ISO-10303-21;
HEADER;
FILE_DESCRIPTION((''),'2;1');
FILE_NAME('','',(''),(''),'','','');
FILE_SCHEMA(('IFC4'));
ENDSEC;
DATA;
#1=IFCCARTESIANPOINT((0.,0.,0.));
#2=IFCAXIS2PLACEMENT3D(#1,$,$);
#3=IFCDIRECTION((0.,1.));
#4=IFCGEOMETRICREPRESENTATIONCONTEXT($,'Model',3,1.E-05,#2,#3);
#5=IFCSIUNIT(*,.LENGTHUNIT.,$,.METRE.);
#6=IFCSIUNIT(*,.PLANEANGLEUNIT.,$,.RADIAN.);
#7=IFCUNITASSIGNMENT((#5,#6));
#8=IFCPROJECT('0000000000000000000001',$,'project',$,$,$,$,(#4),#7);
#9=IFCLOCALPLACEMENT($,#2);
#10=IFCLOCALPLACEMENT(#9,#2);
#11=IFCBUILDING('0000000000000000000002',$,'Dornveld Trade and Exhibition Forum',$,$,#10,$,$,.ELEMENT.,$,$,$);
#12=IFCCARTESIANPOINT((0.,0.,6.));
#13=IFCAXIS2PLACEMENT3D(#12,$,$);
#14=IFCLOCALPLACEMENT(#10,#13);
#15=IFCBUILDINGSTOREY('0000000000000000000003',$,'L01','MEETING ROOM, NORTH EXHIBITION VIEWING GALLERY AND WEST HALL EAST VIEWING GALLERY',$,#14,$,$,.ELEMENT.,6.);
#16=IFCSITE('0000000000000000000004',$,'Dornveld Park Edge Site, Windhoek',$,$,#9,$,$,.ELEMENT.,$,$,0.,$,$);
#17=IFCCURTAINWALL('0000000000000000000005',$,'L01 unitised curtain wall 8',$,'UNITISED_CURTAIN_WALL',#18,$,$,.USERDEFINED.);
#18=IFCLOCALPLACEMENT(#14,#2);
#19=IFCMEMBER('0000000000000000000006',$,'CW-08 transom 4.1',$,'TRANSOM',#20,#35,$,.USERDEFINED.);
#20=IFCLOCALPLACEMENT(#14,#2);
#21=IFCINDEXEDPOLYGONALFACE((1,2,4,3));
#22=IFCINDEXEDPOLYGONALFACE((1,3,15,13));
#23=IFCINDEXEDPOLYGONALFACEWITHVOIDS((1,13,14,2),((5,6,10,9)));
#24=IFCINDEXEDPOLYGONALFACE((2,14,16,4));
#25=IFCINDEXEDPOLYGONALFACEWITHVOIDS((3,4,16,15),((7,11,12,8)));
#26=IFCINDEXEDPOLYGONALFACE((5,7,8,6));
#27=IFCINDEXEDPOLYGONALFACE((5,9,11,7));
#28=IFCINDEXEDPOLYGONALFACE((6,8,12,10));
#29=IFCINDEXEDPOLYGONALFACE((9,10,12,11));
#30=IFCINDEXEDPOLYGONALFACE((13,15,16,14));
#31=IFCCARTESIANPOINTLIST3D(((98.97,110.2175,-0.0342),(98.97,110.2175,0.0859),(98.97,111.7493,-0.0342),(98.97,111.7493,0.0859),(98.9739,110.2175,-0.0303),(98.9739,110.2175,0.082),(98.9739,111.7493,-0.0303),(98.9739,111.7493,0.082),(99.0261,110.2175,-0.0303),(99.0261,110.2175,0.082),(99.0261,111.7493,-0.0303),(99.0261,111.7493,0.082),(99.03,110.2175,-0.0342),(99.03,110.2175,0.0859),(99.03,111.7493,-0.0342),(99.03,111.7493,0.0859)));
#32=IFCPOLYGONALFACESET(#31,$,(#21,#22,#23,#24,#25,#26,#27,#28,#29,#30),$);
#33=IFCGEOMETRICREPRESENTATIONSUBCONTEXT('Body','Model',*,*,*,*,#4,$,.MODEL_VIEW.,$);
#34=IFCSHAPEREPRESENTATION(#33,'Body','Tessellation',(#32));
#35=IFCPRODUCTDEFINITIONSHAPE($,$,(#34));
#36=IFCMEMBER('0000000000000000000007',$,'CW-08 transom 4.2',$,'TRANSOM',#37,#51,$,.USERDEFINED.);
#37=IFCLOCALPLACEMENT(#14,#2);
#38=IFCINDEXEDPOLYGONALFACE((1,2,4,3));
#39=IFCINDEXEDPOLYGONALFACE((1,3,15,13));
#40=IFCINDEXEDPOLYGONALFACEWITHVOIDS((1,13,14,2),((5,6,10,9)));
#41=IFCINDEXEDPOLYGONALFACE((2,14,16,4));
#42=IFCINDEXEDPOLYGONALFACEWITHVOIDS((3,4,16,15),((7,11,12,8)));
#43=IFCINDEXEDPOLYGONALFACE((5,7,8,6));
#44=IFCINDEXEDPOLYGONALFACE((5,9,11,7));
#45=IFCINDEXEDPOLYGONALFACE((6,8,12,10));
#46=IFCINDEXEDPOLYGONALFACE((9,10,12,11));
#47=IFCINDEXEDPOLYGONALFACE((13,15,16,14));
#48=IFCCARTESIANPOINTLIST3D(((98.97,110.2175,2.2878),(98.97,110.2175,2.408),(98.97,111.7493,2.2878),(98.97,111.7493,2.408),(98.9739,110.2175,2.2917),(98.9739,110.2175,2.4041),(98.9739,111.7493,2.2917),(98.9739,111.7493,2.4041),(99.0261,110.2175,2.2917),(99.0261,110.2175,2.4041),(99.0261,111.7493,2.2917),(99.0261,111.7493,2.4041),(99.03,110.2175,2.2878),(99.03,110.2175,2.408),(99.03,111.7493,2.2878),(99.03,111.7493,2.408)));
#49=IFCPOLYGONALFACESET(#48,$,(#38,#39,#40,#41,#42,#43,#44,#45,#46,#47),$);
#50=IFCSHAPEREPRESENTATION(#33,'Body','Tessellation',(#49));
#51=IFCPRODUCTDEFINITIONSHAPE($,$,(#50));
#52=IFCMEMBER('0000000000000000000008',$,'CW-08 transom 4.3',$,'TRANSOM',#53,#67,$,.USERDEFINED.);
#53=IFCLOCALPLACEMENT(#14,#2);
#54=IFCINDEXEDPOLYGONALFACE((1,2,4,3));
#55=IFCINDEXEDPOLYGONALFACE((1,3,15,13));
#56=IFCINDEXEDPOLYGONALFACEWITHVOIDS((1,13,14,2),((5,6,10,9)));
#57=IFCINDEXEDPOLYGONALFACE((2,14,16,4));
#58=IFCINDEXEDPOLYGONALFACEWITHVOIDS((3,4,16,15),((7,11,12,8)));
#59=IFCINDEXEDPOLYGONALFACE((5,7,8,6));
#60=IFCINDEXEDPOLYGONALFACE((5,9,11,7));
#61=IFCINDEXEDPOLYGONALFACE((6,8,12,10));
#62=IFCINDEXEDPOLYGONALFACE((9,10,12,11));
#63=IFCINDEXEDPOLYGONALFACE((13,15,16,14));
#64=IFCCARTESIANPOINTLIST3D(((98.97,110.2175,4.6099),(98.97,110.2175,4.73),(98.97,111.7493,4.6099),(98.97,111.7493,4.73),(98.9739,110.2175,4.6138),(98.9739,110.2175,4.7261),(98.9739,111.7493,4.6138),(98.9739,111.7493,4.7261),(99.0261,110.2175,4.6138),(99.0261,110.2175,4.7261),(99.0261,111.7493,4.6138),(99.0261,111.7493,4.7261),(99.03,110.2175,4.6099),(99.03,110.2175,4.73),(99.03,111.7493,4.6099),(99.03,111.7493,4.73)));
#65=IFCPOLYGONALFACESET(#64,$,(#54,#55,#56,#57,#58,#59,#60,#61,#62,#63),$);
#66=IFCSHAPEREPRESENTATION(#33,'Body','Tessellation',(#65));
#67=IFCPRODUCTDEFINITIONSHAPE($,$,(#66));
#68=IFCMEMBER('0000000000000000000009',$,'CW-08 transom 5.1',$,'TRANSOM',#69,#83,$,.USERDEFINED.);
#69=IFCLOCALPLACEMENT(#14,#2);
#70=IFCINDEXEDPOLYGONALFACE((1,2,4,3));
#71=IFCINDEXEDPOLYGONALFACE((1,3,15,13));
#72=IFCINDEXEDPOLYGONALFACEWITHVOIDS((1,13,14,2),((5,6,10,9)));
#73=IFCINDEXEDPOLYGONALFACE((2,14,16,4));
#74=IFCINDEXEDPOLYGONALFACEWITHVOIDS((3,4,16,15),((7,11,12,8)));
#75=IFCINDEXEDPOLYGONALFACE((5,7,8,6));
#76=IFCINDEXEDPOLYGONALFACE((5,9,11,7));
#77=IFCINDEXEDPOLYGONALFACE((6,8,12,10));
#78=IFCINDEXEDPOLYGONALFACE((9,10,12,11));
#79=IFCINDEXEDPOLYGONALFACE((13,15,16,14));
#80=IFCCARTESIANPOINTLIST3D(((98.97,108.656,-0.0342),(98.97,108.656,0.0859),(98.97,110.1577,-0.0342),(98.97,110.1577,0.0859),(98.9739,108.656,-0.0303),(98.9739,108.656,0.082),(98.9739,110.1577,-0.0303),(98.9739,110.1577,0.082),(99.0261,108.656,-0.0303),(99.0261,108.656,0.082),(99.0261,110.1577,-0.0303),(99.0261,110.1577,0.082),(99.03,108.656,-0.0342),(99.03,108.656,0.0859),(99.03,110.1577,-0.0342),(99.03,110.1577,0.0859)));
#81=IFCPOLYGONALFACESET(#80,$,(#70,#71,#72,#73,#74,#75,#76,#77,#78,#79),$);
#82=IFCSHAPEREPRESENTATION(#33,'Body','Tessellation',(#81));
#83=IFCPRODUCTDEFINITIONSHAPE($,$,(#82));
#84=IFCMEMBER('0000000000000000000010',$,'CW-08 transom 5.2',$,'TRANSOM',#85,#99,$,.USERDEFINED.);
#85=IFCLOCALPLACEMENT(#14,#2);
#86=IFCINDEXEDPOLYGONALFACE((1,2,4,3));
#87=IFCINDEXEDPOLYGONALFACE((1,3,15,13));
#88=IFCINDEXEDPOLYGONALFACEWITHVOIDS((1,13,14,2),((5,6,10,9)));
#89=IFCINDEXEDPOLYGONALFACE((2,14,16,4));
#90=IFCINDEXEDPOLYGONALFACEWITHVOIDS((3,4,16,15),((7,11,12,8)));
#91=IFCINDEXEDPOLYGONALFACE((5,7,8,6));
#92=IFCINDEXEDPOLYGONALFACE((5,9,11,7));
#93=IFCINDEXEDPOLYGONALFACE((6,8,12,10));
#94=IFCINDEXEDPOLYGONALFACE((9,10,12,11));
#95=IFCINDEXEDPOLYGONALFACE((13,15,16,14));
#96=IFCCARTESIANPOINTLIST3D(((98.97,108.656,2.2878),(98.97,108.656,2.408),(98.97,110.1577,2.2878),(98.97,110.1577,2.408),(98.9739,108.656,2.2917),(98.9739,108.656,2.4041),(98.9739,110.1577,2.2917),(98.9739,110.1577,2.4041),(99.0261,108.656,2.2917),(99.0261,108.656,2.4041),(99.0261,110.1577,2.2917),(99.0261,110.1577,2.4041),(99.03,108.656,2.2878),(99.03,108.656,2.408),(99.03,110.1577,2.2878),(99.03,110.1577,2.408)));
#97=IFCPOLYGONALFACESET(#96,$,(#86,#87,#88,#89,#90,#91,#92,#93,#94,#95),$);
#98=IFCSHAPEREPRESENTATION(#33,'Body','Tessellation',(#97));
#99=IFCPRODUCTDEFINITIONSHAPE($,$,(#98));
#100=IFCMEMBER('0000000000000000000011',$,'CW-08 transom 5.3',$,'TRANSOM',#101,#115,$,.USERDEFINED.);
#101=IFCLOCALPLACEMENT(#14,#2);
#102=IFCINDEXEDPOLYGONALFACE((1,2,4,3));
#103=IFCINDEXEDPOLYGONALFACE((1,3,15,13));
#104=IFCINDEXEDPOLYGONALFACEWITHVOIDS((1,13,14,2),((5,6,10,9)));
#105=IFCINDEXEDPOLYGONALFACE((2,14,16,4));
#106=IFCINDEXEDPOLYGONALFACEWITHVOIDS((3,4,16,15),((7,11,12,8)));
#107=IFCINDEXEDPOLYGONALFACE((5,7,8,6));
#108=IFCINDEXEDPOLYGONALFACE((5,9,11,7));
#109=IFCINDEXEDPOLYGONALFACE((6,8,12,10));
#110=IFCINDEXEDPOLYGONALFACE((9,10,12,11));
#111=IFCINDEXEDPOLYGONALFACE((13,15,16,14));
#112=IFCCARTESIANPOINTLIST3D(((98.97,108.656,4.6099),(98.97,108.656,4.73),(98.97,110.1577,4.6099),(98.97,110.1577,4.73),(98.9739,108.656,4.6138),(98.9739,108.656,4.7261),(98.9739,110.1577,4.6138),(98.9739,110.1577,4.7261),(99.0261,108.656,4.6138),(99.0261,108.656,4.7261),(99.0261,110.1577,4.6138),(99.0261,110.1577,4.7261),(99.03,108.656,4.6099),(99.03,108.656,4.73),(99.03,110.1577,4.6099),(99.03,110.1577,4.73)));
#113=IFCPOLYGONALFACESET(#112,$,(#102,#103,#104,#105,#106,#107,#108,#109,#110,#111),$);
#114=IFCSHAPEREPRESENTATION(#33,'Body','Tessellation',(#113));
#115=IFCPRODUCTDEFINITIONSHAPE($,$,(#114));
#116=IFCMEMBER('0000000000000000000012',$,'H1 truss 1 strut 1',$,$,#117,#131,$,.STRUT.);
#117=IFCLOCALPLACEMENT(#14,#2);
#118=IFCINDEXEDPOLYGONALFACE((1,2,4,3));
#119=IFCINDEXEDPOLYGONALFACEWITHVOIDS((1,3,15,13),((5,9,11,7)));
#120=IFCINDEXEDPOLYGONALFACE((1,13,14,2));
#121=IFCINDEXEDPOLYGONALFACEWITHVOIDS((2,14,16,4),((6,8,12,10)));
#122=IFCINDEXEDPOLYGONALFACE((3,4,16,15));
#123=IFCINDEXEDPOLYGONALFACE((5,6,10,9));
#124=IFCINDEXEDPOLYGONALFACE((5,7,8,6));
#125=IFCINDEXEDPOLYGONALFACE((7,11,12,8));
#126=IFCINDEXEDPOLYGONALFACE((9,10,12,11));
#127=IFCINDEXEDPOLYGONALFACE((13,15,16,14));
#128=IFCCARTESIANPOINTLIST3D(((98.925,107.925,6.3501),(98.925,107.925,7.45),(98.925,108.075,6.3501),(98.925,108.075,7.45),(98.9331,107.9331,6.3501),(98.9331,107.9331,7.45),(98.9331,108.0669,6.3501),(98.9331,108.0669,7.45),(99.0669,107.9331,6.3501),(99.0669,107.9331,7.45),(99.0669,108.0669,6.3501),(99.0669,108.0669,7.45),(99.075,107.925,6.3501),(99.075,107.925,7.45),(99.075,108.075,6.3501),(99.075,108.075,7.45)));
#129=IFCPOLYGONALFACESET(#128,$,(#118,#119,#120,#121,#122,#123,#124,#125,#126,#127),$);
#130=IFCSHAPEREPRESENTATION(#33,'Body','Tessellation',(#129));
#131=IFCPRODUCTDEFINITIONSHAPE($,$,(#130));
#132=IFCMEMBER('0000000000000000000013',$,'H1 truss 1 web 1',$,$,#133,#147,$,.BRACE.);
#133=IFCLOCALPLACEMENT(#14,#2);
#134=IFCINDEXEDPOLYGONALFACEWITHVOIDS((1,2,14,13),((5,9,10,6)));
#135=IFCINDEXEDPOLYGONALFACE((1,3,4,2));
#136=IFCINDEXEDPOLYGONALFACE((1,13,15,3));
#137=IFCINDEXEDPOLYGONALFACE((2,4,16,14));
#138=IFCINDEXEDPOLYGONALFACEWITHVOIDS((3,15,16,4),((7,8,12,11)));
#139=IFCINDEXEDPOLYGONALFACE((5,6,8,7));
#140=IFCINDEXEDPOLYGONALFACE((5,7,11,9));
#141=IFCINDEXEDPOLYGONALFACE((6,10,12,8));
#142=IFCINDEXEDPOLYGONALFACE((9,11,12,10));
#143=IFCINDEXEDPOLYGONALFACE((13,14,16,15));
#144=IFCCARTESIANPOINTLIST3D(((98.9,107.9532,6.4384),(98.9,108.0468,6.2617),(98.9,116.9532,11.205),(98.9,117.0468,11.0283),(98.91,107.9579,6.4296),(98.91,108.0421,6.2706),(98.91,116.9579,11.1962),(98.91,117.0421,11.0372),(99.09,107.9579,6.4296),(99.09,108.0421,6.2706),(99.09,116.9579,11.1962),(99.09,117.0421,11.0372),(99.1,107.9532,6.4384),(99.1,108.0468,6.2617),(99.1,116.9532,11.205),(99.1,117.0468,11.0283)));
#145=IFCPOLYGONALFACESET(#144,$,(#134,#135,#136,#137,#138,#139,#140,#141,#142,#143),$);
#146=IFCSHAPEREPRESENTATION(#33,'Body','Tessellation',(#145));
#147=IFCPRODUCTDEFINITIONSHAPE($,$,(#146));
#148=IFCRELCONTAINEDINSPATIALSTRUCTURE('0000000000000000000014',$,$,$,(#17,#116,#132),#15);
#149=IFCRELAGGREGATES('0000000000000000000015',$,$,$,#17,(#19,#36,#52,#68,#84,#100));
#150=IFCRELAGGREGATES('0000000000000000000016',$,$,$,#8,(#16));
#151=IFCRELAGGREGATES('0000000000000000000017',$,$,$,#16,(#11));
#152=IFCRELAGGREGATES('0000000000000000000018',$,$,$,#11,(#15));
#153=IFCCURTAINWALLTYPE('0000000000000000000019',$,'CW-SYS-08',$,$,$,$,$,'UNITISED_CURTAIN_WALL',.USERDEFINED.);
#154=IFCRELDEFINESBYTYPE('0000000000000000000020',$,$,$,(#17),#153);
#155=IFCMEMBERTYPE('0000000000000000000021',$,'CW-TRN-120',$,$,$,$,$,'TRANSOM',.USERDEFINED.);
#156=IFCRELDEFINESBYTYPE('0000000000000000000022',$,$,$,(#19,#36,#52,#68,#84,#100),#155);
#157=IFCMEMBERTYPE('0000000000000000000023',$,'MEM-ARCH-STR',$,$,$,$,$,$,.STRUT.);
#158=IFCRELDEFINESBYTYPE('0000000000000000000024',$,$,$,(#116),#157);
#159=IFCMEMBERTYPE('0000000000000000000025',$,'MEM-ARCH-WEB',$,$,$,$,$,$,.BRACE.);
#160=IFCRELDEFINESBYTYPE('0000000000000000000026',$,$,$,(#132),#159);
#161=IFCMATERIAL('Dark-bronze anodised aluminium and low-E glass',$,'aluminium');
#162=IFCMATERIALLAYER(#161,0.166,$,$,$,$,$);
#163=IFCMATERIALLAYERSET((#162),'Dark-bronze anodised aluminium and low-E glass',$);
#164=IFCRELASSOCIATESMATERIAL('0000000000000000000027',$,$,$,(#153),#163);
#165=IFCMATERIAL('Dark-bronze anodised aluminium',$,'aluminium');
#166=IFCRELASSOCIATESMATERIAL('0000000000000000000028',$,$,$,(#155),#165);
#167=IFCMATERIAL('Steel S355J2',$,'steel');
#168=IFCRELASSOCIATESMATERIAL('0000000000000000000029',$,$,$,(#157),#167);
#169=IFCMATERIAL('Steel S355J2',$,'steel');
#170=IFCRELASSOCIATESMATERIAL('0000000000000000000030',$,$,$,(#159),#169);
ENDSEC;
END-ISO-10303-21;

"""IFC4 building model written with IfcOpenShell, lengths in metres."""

from ifc_helpers import new_model, si_unit, direction, frame, origin, origin_2d, place, context, subcontext, project, spatial, hollow_rectangle, extrude, material, layer, layer_set, material_profile, profile_set, type_object, element, aggregate, save


model = new_model("IFC4")

# Units and contexts
model_context = context("Model", 3, precision=1e-05, world=origin(), true_north=direction((0.0, 1.0)))
body_context = subcontext(model_context, "Body", "Model", "MODEL_VIEW")
ifc_project = project(units=[si_unit("LENGTHUNIT", "METRE"), si_unit("PLANEANGLEUNIT", "RADIAN")], contexts=[model_context])

# Site, building, storey
site_placement = place(None, origin())
site = spatial("IfcSite", under=ifc_project, at=site_placement, Name="Dornveld Park Edge Site, Windhoek", CompositionType="ELEMENT", RefElevation=0.0)
building_placement = place(site_placement, origin())
building = spatial("IfcBuilding", under=site, at=building_placement, Name="Dornveld Trade and Exhibition Forum", CompositionType="ELEMENT")
storey_placement = place(building_placement, frame((0.0, 0.0, 6.0)))
storey = spatial("IfcBuildingStorey", under=building, at=storey_placement, Name="L01", Description="MEETING ROOM, NORTH EXHIBITION VIEWING GALLERY AND WEST HALL EAST VIEWING GALLERY", CompositionType="ELEMENT", Elevation=6.0)

# Curtain wall, members
ifc_material_1 = material(Name="Dark-bronze anodised aluminium and low-E glass", Category="aluminium")
ifc_layer_1 = layer(ifc_material_1, 0.166)
ifc_layer_set_1 = layer_set([ifc_layer_1], Name="Dark-bronze anodised aluminium and low-E glass")
curtain_wall_type = type_object("IfcCurtainWallType", Name="CW-SYS-08", ElementType="UNITISED_CURTAIN_WALL", PredefinedType="USERDEFINED", material=ifc_layer_set_1)
curtain_wall_placement = place(storey_placement, origin())
curtain_wall = element("IfcCurtainWall", 1, at=curtain_wall_placement, inside=storey, type_object=curtain_wall_type, Name="L01 unitised curtain wall 8", ObjectType="UNITISED_CURTAIN_WALL", PredefinedType="USERDEFINED")
ifc_material_2 = material(Name="Dark-bronze anodised aluminium", Category="aluminium")
ifc_material_profile_1 = material_profile(ifc_material_2, hollow_rectangle(XDim=0.0601, YDim=0.1201, WallThickness=0.0039, at=origin_2d()), Name="RHS 120x60x4")
ifc_profile_set_1 = profile_set([ifc_material_profile_1], Name="Dark-bronze anodised aluminium")
member_type_1 = type_object("IfcMemberType", Name="CW-TRN-120", ElementType="TRANSOM", PredefinedType="USERDEFINED", material=ifc_profile_set_1)
member_1_placement = place(storey_placement, frame((99.0, 111.7493, 0.0259), z_axis=(0.0, -1.0, 0.0), x_axis=(1.0, 0.0, 0.0)))
member_1 = element("IfcMember", 2, at=member_1_placement, type_object=member_type_1, Name="CW-08 transom 4.1", ObjectType="TRANSOM", PredefinedType="USERDEFINED", context=body_context, shape_type="SweptSolid", body=[
    extrude(hollow_rectangle(XDim=0.0601, YDim=0.1201, WallThickness=0.0039, at=origin_2d()), origin(), (0.0, 0.0, 1.0), 1.5317),
])
member_2_placement = place(storey_placement, frame((99.0, 111.7493, 2.3479), z_axis=(0.0, -1.0, 0.0), x_axis=(1.0, 0.0, 0.0)))
member_2 = element("IfcMember", 3, at=member_2_placement, type_object=member_type_1, Name="CW-08 transom 4.2", ObjectType="TRANSOM", PredefinedType="USERDEFINED", context=body_context, shape_type="SweptSolid", body=[
    extrude(hollow_rectangle(XDim=0.0601, YDim=0.1201, WallThickness=0.0039, at=origin_2d()), origin(), (0.0, 0.0, 1.0), 1.5317),
])
member_3_placement = place(storey_placement, frame((99.0, 111.7493, 4.6699), z_axis=(0.0, -1.0, 0.0), x_axis=(1.0, 0.0, 0.0)))
member_3 = element("IfcMember", 4, at=member_3_placement, type_object=member_type_1, Name="CW-08 transom 4.3", ObjectType="TRANSOM", PredefinedType="USERDEFINED", context=body_context, shape_type="SweptSolid", body=[
    extrude(hollow_rectangle(XDim=0.0601, YDim=0.1201, WallThickness=0.0039, at=origin_2d()), origin(), (0.0, 0.0, 1.0), 1.5317),
])
member_4_placement = place(storey_placement, frame((99.0, 110.1577, 0.0259), z_axis=(0.0, -1.0, 0.0), x_axis=(1.0, 0.0, 0.0)))
member_4 = element("IfcMember", 5, at=member_4_placement, type_object=member_type_1, Name="CW-08 transom 5.1", ObjectType="TRANSOM", PredefinedType="USERDEFINED", context=body_context, shape_type="SweptSolid", body=[
    extrude(hollow_rectangle(XDim=0.0601, YDim=0.1201, WallThickness=0.0039, at=origin_2d()), origin(), (0.0, 0.0, 1.0), 1.5017),
])
member_5_placement = place(storey_placement, frame((99.0, 110.1577, 2.3479), z_axis=(0.0, -1.0, 0.0), x_axis=(1.0, 0.0, 0.0)))
member_5 = element("IfcMember", 6, at=member_5_placement, type_object=member_type_1, Name="CW-08 transom 5.2", ObjectType="TRANSOM", PredefinedType="USERDEFINED", context=body_context, shape_type="SweptSolid", body=[
    extrude(hollow_rectangle(XDim=0.0601, YDim=0.1201, WallThickness=0.0039, at=origin_2d()), origin(), (0.0, 0.0, 1.0), 1.5017),
])
member_6_placement = place(storey_placement, frame((99.0, 110.1577, 4.6699), z_axis=(0.0, -1.0, 0.0), x_axis=(1.0, 0.0, 0.0)))
member_6 = element("IfcMember", 7, at=member_6_placement, type_object=member_type_1, Name="CW-08 transom 5.3", ObjectType="TRANSOM", PredefinedType="USERDEFINED", context=body_context, shape_type="SweptSolid", body=[
    extrude(hollow_rectangle(XDim=0.0601, YDim=0.1201, WallThickness=0.0039, at=origin_2d()), origin(), (0.0, 0.0, 1.0), 1.5017),
])

# Members
ifc_material_3 = material(Name="Steel S355J2", Category="steel")
ifc_material_profile_2 = material_profile(ifc_material_3, hollow_rectangle(XDim=0.1499, YDim=0.1499, WallThickness=0.0081, at=origin_2d()), Name="SHS 150x150x8")
ifc_profile_set_2 = profile_set([ifc_material_profile_2], Name="Steel S355J2")
member_type_2 = type_object("IfcMemberType", Name="MEM-ARCH-STR", PredefinedType="STRUT", material=ifc_profile_set_2)
member_7_placement = place(storey_placement, frame((99.0, 108.0, 6.3501), z_axis=(0.0, 0.0, 1.0), x_axis=(1.0, 0.0, 0.0)))
element("IfcMember", 8, at=member_7_placement, inside=storey, type_object=member_type_2, Name="H1 truss 1 strut 1", PredefinedType="STRUT", context=body_context, shape_type="SweptSolid", body=[
    extrude(hollow_rectangle(XDim=0.1499, YDim=0.1499, WallThickness=0.0081, at=origin_2d()), origin(), (0.0, 0.0, 1.0), 1.0999),
])
ifc_material_4 = material(Name="Steel S355J2", Category="steel")
ifc_material_profile_3 = material_profile(ifc_material_4, hollow_rectangle(XDim=0.2, YDim=0.2, WallThickness=0.01, at=origin_2d()), Name="SHS 200x200x10")
ifc_profile_set_3 = profile_set([ifc_material_profile_3], Name="Steel S355J2")
member_type_3 = type_object("IfcMemberType", Name="MEM-ARCH-WEB", PredefinedType="BRACE", material=ifc_profile_set_3)
member_8_placement = place(storey_placement, frame((99.0, 108.0, 6.3501), z_axis=(0.0, 0.883711, 0.468033), x_axis=(-1.0, 0.0, 0.0)))
element("IfcMember", 9, at=member_8_placement, inside=storey, type_object=member_type_3, Name="H1 truss 1 web 1", PredefinedType="BRACE", context=body_context, shape_type="SweptSolid", body=[
    extrude(hollow_rectangle(XDim=0.2, YDim=0.2, WallThickness=0.01, at=origin_2d()), origin(), (0.0, 0.0, 1.0), 10.1843),
])

aggregate(curtain_wall, [member_1, member_2, member_3, member_4, member_5, member_6])

save(model, "model.ifc")
